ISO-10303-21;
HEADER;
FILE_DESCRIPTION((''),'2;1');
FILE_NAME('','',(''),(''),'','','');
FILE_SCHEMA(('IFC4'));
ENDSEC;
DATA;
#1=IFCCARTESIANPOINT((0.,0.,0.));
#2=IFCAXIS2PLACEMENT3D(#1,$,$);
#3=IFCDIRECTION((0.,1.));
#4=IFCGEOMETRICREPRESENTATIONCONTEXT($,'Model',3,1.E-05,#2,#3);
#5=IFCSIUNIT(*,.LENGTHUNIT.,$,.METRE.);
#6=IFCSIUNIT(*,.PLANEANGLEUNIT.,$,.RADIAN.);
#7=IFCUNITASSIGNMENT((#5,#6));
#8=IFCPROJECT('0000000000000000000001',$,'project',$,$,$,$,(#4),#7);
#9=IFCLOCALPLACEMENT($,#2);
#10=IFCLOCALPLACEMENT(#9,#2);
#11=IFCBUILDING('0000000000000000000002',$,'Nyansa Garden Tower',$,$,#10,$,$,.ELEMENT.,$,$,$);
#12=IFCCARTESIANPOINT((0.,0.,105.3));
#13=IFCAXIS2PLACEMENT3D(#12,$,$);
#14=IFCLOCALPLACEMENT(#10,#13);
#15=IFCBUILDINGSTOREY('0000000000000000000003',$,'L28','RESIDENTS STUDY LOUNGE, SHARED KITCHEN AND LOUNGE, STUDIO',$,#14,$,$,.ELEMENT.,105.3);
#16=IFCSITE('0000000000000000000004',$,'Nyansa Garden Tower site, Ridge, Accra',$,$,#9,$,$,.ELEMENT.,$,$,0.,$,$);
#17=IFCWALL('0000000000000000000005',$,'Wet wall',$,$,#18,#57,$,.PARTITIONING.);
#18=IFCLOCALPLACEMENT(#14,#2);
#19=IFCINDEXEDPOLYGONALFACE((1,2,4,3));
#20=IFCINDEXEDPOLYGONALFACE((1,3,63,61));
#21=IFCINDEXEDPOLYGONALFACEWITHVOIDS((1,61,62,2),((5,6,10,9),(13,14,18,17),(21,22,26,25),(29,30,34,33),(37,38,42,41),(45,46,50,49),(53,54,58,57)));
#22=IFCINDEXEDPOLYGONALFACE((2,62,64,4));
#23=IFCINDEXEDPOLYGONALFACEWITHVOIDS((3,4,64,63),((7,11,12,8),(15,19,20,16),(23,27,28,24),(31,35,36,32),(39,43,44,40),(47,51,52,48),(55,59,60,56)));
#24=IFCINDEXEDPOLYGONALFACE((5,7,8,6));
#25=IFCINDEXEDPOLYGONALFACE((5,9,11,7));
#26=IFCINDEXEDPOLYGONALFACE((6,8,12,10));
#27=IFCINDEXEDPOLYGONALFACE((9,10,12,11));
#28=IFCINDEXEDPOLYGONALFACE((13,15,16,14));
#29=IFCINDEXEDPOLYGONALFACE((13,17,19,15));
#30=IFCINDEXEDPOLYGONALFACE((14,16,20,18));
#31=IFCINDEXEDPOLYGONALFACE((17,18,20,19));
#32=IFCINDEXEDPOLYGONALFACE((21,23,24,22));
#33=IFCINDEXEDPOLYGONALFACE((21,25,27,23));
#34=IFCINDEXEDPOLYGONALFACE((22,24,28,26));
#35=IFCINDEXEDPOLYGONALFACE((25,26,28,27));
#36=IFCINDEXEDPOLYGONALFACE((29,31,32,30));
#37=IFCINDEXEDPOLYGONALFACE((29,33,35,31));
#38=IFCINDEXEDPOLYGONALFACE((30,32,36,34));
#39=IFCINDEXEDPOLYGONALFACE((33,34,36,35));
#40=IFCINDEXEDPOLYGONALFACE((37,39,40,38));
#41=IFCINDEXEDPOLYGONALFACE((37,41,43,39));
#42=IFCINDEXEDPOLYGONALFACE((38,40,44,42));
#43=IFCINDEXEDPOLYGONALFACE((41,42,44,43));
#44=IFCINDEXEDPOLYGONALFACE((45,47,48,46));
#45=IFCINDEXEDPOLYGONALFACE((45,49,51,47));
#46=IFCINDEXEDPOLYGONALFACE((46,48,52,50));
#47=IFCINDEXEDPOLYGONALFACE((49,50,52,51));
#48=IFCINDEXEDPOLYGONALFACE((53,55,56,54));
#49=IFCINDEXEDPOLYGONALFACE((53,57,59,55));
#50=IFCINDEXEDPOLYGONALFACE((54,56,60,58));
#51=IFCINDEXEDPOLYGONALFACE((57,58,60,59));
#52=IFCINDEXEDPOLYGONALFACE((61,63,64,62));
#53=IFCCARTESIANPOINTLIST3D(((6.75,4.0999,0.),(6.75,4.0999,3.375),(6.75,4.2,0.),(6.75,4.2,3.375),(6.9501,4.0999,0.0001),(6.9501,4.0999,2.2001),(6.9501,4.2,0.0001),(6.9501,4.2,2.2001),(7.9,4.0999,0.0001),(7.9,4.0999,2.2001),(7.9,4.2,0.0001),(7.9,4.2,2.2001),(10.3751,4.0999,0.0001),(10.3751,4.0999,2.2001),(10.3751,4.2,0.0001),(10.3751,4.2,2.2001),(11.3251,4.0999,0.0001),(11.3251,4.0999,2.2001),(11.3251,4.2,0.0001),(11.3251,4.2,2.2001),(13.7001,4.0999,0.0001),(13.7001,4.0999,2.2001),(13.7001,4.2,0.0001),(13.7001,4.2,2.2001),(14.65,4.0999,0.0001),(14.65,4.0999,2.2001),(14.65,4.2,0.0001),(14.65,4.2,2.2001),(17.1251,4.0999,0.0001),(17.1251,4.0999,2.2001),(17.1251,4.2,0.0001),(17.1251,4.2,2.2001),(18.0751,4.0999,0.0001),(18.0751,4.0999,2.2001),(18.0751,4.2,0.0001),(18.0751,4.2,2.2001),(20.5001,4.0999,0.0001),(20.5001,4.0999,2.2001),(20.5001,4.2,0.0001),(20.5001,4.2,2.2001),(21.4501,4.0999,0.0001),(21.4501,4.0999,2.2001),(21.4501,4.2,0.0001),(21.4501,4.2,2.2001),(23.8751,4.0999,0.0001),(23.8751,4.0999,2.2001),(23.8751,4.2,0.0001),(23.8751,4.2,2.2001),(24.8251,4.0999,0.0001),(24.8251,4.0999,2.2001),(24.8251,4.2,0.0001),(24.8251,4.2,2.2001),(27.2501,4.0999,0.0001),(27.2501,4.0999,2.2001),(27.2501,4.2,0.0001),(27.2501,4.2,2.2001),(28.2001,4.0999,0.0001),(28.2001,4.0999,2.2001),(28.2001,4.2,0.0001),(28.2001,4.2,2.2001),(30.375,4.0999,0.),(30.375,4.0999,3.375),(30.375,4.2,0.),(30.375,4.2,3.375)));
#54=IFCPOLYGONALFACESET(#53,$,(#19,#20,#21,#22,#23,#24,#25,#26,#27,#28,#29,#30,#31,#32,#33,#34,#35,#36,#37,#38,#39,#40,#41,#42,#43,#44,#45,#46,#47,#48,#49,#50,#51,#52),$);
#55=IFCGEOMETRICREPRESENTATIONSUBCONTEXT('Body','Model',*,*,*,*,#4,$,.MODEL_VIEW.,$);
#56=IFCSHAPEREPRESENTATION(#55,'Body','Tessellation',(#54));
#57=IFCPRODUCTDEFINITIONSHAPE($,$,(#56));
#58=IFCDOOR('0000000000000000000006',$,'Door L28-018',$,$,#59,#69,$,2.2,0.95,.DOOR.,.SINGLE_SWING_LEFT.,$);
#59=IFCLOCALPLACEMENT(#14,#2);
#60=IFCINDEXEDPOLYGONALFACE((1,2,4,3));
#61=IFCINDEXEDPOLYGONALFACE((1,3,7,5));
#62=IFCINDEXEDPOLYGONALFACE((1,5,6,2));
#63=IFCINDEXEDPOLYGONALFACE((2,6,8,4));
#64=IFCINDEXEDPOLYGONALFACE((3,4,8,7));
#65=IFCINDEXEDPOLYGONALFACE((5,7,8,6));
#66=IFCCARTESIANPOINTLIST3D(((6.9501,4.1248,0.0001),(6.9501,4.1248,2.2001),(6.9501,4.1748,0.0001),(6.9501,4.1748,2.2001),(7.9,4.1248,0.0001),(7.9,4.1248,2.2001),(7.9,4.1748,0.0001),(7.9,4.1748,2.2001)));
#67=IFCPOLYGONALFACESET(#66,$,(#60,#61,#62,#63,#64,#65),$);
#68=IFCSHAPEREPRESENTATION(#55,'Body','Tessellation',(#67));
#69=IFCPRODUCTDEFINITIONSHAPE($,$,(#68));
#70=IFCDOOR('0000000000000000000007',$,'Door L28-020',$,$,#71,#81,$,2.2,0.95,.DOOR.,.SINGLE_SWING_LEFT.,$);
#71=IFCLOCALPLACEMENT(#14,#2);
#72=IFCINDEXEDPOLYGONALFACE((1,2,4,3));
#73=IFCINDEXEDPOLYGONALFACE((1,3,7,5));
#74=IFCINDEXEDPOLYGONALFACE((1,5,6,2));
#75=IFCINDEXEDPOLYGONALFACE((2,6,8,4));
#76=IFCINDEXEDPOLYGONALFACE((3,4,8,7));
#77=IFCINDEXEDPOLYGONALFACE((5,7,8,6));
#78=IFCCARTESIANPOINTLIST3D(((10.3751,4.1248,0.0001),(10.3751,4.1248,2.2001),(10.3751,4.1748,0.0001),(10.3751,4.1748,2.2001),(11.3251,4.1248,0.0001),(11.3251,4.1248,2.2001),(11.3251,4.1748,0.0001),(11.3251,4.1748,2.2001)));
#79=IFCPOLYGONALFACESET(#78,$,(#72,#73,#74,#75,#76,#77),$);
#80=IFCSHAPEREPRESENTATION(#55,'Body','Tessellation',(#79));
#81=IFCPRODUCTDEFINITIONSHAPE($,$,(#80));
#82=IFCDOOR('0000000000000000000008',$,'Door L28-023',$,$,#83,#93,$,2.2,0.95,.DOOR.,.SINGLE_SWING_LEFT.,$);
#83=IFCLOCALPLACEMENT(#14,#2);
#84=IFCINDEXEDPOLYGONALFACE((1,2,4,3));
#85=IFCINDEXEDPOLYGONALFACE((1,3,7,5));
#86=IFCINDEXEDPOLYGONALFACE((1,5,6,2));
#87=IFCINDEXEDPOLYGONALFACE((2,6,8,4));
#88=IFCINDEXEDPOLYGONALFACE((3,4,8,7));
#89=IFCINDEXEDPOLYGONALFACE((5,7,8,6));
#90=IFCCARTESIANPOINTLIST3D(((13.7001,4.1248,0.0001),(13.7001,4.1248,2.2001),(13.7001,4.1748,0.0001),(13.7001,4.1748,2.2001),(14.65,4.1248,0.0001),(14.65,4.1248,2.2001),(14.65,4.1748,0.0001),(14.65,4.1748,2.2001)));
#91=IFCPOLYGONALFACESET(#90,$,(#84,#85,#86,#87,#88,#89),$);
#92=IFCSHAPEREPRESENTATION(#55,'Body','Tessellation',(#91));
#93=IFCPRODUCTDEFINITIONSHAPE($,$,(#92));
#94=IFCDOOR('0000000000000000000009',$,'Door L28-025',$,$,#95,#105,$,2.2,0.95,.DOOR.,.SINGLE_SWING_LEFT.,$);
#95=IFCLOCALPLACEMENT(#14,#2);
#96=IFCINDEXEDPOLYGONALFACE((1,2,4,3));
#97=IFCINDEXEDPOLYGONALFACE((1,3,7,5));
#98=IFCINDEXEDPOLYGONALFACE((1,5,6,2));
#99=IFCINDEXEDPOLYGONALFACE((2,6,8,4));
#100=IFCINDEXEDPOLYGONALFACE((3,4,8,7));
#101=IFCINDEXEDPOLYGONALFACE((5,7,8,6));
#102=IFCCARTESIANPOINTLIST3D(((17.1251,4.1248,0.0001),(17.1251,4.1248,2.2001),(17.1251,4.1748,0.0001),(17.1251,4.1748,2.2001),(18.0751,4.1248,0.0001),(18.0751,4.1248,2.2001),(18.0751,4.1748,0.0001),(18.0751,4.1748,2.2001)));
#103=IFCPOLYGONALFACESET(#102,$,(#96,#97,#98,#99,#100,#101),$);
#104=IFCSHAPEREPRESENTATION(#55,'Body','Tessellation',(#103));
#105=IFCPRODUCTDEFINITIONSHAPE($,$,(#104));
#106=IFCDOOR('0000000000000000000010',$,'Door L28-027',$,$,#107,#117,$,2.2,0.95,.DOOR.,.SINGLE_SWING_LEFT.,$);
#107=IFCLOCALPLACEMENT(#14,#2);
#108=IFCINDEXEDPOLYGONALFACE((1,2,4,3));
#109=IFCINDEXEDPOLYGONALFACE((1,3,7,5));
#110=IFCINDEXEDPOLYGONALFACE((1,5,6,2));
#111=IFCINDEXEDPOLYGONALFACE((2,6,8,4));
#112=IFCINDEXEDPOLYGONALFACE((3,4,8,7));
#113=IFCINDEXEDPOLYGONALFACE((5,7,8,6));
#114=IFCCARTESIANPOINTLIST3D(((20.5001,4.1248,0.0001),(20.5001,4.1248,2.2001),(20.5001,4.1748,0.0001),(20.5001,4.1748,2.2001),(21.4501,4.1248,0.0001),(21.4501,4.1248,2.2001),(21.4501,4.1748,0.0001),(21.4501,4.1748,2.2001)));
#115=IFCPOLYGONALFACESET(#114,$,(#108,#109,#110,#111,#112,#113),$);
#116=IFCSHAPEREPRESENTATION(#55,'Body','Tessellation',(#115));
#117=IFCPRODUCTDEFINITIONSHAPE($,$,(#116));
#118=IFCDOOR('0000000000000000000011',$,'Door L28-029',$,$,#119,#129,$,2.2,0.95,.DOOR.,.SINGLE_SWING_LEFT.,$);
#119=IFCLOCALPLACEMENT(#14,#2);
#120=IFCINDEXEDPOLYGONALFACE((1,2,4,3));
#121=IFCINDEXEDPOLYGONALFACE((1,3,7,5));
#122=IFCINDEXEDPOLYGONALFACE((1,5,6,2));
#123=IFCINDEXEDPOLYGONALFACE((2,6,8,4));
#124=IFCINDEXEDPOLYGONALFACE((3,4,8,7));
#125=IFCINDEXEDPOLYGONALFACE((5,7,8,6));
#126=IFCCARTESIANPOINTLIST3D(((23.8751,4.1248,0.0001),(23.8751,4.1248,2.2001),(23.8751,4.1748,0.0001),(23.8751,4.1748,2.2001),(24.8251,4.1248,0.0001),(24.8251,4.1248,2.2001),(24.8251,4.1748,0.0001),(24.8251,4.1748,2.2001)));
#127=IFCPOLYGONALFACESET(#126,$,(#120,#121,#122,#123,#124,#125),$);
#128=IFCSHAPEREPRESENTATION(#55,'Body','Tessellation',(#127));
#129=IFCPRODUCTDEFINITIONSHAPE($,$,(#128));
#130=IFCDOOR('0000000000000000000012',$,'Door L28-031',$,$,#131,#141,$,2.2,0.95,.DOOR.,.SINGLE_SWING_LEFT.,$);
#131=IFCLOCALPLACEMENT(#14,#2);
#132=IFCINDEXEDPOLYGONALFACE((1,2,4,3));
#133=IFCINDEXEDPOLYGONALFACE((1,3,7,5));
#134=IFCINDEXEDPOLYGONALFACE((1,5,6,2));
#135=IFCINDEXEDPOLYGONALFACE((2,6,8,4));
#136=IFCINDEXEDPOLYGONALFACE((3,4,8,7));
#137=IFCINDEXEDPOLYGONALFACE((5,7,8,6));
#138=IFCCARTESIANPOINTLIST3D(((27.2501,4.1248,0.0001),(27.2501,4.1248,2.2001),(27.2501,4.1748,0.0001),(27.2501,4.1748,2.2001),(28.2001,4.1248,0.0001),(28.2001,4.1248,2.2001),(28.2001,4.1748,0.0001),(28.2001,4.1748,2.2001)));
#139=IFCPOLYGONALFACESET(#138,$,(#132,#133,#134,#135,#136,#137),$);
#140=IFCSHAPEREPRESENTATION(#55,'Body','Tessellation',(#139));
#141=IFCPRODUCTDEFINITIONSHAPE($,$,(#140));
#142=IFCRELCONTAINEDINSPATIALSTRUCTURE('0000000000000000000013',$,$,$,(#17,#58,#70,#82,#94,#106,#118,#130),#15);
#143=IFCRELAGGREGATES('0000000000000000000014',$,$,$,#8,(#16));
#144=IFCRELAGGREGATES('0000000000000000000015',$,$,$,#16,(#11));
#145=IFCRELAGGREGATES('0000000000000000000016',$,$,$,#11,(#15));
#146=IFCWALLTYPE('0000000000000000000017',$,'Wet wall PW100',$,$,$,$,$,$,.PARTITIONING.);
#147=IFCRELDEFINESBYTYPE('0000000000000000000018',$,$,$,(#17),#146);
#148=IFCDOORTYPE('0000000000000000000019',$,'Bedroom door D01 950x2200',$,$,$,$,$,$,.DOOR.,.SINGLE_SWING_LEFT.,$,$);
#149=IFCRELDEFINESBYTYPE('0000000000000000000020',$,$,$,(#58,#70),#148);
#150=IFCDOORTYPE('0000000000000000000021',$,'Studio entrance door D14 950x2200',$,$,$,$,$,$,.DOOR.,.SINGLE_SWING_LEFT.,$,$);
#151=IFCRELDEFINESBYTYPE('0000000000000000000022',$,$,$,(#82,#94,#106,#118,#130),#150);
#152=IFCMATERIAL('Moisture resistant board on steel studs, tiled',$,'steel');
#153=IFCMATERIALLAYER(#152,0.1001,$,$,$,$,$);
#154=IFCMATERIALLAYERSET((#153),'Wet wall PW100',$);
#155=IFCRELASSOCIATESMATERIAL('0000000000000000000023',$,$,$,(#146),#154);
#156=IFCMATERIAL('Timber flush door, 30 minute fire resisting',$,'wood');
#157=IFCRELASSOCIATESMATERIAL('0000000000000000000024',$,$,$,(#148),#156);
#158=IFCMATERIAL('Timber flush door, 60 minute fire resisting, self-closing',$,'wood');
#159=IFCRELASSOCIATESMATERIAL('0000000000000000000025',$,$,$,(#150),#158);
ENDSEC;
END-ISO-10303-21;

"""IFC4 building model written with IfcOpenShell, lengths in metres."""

from ifc_helpers import new_model, si_unit, direction, frame, frame_2d, origin, place, context, subcontext, project, spatial, rectangle, extrude, material, layer, layer_set, type_object, element, fill, save


model = new_model("IFC4")

# Units and contexts
model_context = context("Model", 3, precision=1e-05, world=origin(), true_north=direction((0.0, 1.0)))
body_context = subcontext(model_context, "Body", "Model", "MODEL_VIEW")
ifc_project = project(units=[si_unit("LENGTHUNIT", "METRE"), si_unit("PLANEANGLEUNIT", "RADIAN")], contexts=[model_context])

# Site, building, storey
site_placement = place(None, origin())
site = spatial("IfcSite", under=ifc_project, at=site_placement, Name="Nyansa Garden Tower site, Ridge, Accra", CompositionType="ELEMENT", RefElevation=0.0)
building_placement = place(site_placement, origin())
building = spatial("IfcBuilding", under=site, at=building_placement, Name="Nyansa Garden Tower", CompositionType="ELEMENT")
storey_placement = place(building_placement, frame((0.0, 0.0, 105.3)))
storey = spatial("IfcBuildingStorey", under=building, at=storey_placement, Name="L28", Description="RESIDENTS STUDY LOUNGE, SHARED KITCHEN AND LOUNGE, STUDIO", CompositionType="ELEMENT", Elevation=105.3)

# Wall, openings, doors
ifc_material_1 = material(Name="Moisture resistant board on steel studs, tiled", Category="steel")
ifc_layer_1 = layer(ifc_material_1, 0.1001)
ifc_layer_set_1 = layer_set([ifc_layer_1], Name="Wet wall PW100")
wall_type_1 = type_object("IfcWallType", Name="Wet wall PW100", PredefinedType="PARTITIONING", material=ifc_layer_set_1)
wall_1_placement = place(storey_placement, frame((6.75, 4.1499, 0.0), z_axis=(0.0, 0.0, 1.0), x_axis=(1.0, 0.0, 0.0)))
wall_1 = element("IfcWall", 1, at=wall_1_placement, inside=storey, type_object=wall_type_1, Name="Wet wall", PredefinedType="PARTITIONING", context=body_context, shape_type="SweptSolid", body=[
    extrude(rectangle(XDim=23.625, YDim=0.1001, at=frame_2d((11.8125, 0.0))), origin(), (0.0, 0.0, 1.0), 3.375),
])
opening_1_placement = place(wall_1_placement, frame((0.2, 0.0, 0.0)))
opening_1 = element("IfcOpeningElement", 2, at=opening_1_placement, cuts=wall_1, PredefinedType="OPENING", context=body_context, shape_type="SweptSolid", body=[
    extrude(rectangle(XDim=0.95, YDim=2.2, at=frame_2d((0.4751, 1.1001))), frame((0.0, 0.0601, 0.0), z_axis=(0.0, -1.0, 0.0), x_axis=(1.0, 0.0, 0.0)), (0.0, 0.0, 1.0), 0.1201),
])
opening_2_placement = place(wall_1_placement, frame((3.625, 0.0, 0.0)))
opening_2 = element("IfcOpeningElement", 3, at=opening_2_placement, cuts=wall_1, PredefinedType="OPENING", context=body_context, shape_type="SweptSolid", body=[
    extrude(rectangle(XDim=0.95, YDim=2.2, at=frame_2d((0.4751, 1.1001))), frame((0.0, 0.0601, 0.0), z_axis=(0.0, -1.0, 0.0), x_axis=(1.0, 0.0, 0.0)), (0.0, 0.0, 1.0), 0.1201),
])
opening_3_placement = place(wall_1_placement, frame((6.95, 0.0, 0.0)))
opening_3 = element("IfcOpeningElement", 4, at=opening_3_placement, cuts=wall_1, PredefinedType="OPENING", context=body_context, shape_type="SweptSolid", body=[
    extrude(rectangle(XDim=0.95, YDim=2.2, at=frame_2d((0.4751, 1.1001))), frame((0.0, 0.0601, 0.0), z_axis=(0.0, -1.0, 0.0), x_axis=(1.0, 0.0, 0.0)), (0.0, 0.0, 1.0), 0.1201),
])
opening_4_placement = place(wall_1_placement, frame((10.375, 0.0, 0.0)))
opening_4 = element("IfcOpeningElement", 5, at=opening_4_placement, cuts=wall_1, PredefinedType="OPENING", context=body_context, shape_type="SweptSolid", body=[
    extrude(rectangle(XDim=0.95, YDim=2.2, at=frame_2d((0.4751, 1.1001))), frame((0.0, 0.0601, 0.0), z_axis=(0.0, -1.0, 0.0), x_axis=(1.0, 0.0, 0.0)), (0.0, 0.0, 1.0), 0.1201),
])
opening_5_placement = place(wall_1_placement, frame((13.75, 0.0, 0.0)))
opening_5 = element("IfcOpeningElement", 6, at=opening_5_placement, cuts=wall_1, PredefinedType="OPENING", context=body_context, shape_type="SweptSolid", body=[
    extrude(rectangle(XDim=0.95, YDim=2.2, at=frame_2d((0.4751, 1.1001))), frame((0.0, 0.0601, 0.0), z_axis=(0.0, -1.0, 0.0), x_axis=(1.0, 0.0, 0.0)), (0.0, 0.0, 1.0), 0.1201),
])
opening_6_placement = place(wall_1_placement, frame((17.125, 0.0, 0.0)))
opening_6 = element("IfcOpeningElement", 7, at=opening_6_placement, cuts=wall_1, PredefinedType="OPENING", context=body_context, shape_type="SweptSolid", body=[
    extrude(rectangle(XDim=0.95, YDim=2.2, at=frame_2d((0.4751, 1.1001))), frame((0.0, 0.0601, 0.0), z_axis=(0.0, -1.0, 0.0), x_axis=(1.0, 0.0, 0.0)), (0.0, 0.0, 1.0), 0.1201),
])
opening_7_placement = place(wall_1_placement, frame((20.5, 0.0, 0.0)))
opening_7 = element("IfcOpeningElement", 8, at=opening_7_placement, cuts=wall_1, PredefinedType="OPENING", context=body_context, shape_type="SweptSolid", body=[
    extrude(rectangle(XDim=0.95, YDim=2.2, at=frame_2d((0.4751, 1.1001))), frame((0.0, 0.0601, 0.0), z_axis=(0.0, -1.0, 0.0), x_axis=(1.0, 0.0, 0.0)), (0.0, 0.0, 1.0), 0.1201),
])
ifc_material_2 = material(Name="Timber flush door, 30 minute fire resisting", Category="wood")
door_type_1 = type_object("IfcDoorType", Name="Bedroom door D01 950x2200", OperationType="SINGLE_SWING_LEFT", PredefinedType="DOOR", material=ifc_material_2)
door_1_placement = place(opening_1_placement, origin())
door_1 = element("IfcDoor", 9, at=door_1_placement, inside=storey, type_object=door_type_1, Name="Door L28-018", OperationType="SINGLE_SWING_LEFT", OverallHeight=2.2, OverallWidth=0.95, PredefinedType="DOOR", context=body_context, shape_type="SweptSolid", body=[
    extrude(rectangle(XDim=0.95, YDim=2.2, at=frame_2d((0.4751, 1.1001))), frame((0.0, 0.0249, 0.0), z_axis=(0.0, -1.0, 0.0), x_axis=(1.0, 0.0, 0.0)), (0.0, 0.0, 1.0), 0.05),
])
fill(opening_1, door_1)
door_2_placement = place(opening_2_placement, origin())
door_2 = element("IfcDoor", 10, at=door_2_placement, inside=storey, type_object=door_type_1, Name="Door L28-020", OperationType="SINGLE_SWING_LEFT", OverallHeight=2.2, OverallWidth=0.95, PredefinedType="DOOR", context=body_context, shape_type="SweptSolid", body=[
    extrude(rectangle(XDim=0.95, YDim=2.2, at=frame_2d((0.4751, 1.1001))), frame((0.0, 0.0249, 0.0), z_axis=(0.0, -1.0, 0.0), x_axis=(1.0, 0.0, 0.0)), (0.0, 0.0, 1.0), 0.05),
])
fill(opening_2, door_2)
ifc_material_3 = material(Name="Timber flush door, 60 minute fire resisting, self-closing", Category="wood")
door_type_2 = type_object("IfcDoorType", Name="Studio entrance door D14 950x2200", OperationType="SINGLE_SWING_LEFT", PredefinedType="DOOR", material=ifc_material_3)
door_3_placement = place(opening_3_placement, origin())
door_3 = element("IfcDoor", 11, at=door_3_placement, inside=storey, type_object=door_type_2, Name="Door L28-023", OperationType="SINGLE_SWING_LEFT", OverallHeight=2.2, OverallWidth=0.95, PredefinedType="DOOR", context=body_context, shape_type="SweptSolid", body=[
    extrude(rectangle(XDim=0.95, YDim=2.2, at=frame_2d((0.4751, 1.1001))), frame((0.0, 0.0249, 0.0), z_axis=(0.0, -1.0, 0.0), x_axis=(1.0, 0.0, 0.0)), (0.0, 0.0, 1.0), 0.05),
])
fill(opening_3, door_3)
door_4_placement = place(opening_4_placement, origin())
door_4 = element("IfcDoor", 12, at=door_4_placement, inside=storey, type_object=door_type_2, Name="Door L28-025", OperationType="SINGLE_SWING_LEFT", OverallHeight=2.2, OverallWidth=0.95, PredefinedType="DOOR", context=body_context, shape_type="SweptSolid", body=[
    extrude(rectangle(XDim=0.95, YDim=2.2, at=frame_2d((0.4751, 1.1001))), frame((0.0, 0.0249, 0.0), z_axis=(0.0, -1.0, 0.0), x_axis=(1.0, 0.0, 0.0)), (0.0, 0.0, 1.0), 0.05),
])
fill(opening_4, door_4)
door_5_placement = place(opening_5_placement, origin())
door_5 = element("IfcDoor", 13, at=door_5_placement, inside=storey, type_object=door_type_2, Name="Door L28-027", OperationType="SINGLE_SWING_LEFT", OverallHeight=2.2, OverallWidth=0.95, PredefinedType="DOOR", context=body_context, shape_type="SweptSolid", body=[
    extrude(rectangle(XDim=0.95, YDim=2.2, at=frame_2d((0.4751, 1.1001))), frame((0.0, 0.0249, 0.0), z_axis=(0.0, -1.0, 0.0), x_axis=(1.0, 0.0, 0.0)), (0.0, 0.0, 1.0), 0.05),
])
fill(opening_5, door_5)
door_6_placement = place(opening_6_placement, origin())
door_6 = element("IfcDoor", 14, at=door_6_placement, inside=storey, type_object=door_type_2, Name="Door L28-029", OperationType="SINGLE_SWING_LEFT", OverallHeight=2.2, OverallWidth=0.95, PredefinedType="DOOR", context=body_context, shape_type="SweptSolid", body=[
    extrude(rectangle(XDim=0.95, YDim=2.2, at=frame_2d((0.4751, 1.1001))), frame((0.0, 0.0249, 0.0), z_axis=(0.0, -1.0, 0.0), x_axis=(1.0, 0.0, 0.0)), (0.0, 0.0, 1.0), 0.05),
])
fill(opening_6, door_6)
door_7_placement = place(opening_7_placement, origin())
door_7 = element("IfcDoor", 15, at=door_7_placement, inside=storey, type_object=door_type_2, Name="Door L28-031", OperationType="SINGLE_SWING_LEFT", OverallHeight=2.2, OverallWidth=0.95, PredefinedType="DOOR", context=body_context, shape_type="SweptSolid", body=[
    extrude(rectangle(XDim=0.95, YDim=2.2, at=frame_2d((0.4751, 1.1001))), frame((0.0, 0.0249, 0.0), z_axis=(0.0, -1.0, 0.0), x_axis=(1.0, 0.0, 0.0)), (0.0, 0.0, 1.0), 0.05),
])
fill(opening_7, door_7)

save(model, "model.ifc")
